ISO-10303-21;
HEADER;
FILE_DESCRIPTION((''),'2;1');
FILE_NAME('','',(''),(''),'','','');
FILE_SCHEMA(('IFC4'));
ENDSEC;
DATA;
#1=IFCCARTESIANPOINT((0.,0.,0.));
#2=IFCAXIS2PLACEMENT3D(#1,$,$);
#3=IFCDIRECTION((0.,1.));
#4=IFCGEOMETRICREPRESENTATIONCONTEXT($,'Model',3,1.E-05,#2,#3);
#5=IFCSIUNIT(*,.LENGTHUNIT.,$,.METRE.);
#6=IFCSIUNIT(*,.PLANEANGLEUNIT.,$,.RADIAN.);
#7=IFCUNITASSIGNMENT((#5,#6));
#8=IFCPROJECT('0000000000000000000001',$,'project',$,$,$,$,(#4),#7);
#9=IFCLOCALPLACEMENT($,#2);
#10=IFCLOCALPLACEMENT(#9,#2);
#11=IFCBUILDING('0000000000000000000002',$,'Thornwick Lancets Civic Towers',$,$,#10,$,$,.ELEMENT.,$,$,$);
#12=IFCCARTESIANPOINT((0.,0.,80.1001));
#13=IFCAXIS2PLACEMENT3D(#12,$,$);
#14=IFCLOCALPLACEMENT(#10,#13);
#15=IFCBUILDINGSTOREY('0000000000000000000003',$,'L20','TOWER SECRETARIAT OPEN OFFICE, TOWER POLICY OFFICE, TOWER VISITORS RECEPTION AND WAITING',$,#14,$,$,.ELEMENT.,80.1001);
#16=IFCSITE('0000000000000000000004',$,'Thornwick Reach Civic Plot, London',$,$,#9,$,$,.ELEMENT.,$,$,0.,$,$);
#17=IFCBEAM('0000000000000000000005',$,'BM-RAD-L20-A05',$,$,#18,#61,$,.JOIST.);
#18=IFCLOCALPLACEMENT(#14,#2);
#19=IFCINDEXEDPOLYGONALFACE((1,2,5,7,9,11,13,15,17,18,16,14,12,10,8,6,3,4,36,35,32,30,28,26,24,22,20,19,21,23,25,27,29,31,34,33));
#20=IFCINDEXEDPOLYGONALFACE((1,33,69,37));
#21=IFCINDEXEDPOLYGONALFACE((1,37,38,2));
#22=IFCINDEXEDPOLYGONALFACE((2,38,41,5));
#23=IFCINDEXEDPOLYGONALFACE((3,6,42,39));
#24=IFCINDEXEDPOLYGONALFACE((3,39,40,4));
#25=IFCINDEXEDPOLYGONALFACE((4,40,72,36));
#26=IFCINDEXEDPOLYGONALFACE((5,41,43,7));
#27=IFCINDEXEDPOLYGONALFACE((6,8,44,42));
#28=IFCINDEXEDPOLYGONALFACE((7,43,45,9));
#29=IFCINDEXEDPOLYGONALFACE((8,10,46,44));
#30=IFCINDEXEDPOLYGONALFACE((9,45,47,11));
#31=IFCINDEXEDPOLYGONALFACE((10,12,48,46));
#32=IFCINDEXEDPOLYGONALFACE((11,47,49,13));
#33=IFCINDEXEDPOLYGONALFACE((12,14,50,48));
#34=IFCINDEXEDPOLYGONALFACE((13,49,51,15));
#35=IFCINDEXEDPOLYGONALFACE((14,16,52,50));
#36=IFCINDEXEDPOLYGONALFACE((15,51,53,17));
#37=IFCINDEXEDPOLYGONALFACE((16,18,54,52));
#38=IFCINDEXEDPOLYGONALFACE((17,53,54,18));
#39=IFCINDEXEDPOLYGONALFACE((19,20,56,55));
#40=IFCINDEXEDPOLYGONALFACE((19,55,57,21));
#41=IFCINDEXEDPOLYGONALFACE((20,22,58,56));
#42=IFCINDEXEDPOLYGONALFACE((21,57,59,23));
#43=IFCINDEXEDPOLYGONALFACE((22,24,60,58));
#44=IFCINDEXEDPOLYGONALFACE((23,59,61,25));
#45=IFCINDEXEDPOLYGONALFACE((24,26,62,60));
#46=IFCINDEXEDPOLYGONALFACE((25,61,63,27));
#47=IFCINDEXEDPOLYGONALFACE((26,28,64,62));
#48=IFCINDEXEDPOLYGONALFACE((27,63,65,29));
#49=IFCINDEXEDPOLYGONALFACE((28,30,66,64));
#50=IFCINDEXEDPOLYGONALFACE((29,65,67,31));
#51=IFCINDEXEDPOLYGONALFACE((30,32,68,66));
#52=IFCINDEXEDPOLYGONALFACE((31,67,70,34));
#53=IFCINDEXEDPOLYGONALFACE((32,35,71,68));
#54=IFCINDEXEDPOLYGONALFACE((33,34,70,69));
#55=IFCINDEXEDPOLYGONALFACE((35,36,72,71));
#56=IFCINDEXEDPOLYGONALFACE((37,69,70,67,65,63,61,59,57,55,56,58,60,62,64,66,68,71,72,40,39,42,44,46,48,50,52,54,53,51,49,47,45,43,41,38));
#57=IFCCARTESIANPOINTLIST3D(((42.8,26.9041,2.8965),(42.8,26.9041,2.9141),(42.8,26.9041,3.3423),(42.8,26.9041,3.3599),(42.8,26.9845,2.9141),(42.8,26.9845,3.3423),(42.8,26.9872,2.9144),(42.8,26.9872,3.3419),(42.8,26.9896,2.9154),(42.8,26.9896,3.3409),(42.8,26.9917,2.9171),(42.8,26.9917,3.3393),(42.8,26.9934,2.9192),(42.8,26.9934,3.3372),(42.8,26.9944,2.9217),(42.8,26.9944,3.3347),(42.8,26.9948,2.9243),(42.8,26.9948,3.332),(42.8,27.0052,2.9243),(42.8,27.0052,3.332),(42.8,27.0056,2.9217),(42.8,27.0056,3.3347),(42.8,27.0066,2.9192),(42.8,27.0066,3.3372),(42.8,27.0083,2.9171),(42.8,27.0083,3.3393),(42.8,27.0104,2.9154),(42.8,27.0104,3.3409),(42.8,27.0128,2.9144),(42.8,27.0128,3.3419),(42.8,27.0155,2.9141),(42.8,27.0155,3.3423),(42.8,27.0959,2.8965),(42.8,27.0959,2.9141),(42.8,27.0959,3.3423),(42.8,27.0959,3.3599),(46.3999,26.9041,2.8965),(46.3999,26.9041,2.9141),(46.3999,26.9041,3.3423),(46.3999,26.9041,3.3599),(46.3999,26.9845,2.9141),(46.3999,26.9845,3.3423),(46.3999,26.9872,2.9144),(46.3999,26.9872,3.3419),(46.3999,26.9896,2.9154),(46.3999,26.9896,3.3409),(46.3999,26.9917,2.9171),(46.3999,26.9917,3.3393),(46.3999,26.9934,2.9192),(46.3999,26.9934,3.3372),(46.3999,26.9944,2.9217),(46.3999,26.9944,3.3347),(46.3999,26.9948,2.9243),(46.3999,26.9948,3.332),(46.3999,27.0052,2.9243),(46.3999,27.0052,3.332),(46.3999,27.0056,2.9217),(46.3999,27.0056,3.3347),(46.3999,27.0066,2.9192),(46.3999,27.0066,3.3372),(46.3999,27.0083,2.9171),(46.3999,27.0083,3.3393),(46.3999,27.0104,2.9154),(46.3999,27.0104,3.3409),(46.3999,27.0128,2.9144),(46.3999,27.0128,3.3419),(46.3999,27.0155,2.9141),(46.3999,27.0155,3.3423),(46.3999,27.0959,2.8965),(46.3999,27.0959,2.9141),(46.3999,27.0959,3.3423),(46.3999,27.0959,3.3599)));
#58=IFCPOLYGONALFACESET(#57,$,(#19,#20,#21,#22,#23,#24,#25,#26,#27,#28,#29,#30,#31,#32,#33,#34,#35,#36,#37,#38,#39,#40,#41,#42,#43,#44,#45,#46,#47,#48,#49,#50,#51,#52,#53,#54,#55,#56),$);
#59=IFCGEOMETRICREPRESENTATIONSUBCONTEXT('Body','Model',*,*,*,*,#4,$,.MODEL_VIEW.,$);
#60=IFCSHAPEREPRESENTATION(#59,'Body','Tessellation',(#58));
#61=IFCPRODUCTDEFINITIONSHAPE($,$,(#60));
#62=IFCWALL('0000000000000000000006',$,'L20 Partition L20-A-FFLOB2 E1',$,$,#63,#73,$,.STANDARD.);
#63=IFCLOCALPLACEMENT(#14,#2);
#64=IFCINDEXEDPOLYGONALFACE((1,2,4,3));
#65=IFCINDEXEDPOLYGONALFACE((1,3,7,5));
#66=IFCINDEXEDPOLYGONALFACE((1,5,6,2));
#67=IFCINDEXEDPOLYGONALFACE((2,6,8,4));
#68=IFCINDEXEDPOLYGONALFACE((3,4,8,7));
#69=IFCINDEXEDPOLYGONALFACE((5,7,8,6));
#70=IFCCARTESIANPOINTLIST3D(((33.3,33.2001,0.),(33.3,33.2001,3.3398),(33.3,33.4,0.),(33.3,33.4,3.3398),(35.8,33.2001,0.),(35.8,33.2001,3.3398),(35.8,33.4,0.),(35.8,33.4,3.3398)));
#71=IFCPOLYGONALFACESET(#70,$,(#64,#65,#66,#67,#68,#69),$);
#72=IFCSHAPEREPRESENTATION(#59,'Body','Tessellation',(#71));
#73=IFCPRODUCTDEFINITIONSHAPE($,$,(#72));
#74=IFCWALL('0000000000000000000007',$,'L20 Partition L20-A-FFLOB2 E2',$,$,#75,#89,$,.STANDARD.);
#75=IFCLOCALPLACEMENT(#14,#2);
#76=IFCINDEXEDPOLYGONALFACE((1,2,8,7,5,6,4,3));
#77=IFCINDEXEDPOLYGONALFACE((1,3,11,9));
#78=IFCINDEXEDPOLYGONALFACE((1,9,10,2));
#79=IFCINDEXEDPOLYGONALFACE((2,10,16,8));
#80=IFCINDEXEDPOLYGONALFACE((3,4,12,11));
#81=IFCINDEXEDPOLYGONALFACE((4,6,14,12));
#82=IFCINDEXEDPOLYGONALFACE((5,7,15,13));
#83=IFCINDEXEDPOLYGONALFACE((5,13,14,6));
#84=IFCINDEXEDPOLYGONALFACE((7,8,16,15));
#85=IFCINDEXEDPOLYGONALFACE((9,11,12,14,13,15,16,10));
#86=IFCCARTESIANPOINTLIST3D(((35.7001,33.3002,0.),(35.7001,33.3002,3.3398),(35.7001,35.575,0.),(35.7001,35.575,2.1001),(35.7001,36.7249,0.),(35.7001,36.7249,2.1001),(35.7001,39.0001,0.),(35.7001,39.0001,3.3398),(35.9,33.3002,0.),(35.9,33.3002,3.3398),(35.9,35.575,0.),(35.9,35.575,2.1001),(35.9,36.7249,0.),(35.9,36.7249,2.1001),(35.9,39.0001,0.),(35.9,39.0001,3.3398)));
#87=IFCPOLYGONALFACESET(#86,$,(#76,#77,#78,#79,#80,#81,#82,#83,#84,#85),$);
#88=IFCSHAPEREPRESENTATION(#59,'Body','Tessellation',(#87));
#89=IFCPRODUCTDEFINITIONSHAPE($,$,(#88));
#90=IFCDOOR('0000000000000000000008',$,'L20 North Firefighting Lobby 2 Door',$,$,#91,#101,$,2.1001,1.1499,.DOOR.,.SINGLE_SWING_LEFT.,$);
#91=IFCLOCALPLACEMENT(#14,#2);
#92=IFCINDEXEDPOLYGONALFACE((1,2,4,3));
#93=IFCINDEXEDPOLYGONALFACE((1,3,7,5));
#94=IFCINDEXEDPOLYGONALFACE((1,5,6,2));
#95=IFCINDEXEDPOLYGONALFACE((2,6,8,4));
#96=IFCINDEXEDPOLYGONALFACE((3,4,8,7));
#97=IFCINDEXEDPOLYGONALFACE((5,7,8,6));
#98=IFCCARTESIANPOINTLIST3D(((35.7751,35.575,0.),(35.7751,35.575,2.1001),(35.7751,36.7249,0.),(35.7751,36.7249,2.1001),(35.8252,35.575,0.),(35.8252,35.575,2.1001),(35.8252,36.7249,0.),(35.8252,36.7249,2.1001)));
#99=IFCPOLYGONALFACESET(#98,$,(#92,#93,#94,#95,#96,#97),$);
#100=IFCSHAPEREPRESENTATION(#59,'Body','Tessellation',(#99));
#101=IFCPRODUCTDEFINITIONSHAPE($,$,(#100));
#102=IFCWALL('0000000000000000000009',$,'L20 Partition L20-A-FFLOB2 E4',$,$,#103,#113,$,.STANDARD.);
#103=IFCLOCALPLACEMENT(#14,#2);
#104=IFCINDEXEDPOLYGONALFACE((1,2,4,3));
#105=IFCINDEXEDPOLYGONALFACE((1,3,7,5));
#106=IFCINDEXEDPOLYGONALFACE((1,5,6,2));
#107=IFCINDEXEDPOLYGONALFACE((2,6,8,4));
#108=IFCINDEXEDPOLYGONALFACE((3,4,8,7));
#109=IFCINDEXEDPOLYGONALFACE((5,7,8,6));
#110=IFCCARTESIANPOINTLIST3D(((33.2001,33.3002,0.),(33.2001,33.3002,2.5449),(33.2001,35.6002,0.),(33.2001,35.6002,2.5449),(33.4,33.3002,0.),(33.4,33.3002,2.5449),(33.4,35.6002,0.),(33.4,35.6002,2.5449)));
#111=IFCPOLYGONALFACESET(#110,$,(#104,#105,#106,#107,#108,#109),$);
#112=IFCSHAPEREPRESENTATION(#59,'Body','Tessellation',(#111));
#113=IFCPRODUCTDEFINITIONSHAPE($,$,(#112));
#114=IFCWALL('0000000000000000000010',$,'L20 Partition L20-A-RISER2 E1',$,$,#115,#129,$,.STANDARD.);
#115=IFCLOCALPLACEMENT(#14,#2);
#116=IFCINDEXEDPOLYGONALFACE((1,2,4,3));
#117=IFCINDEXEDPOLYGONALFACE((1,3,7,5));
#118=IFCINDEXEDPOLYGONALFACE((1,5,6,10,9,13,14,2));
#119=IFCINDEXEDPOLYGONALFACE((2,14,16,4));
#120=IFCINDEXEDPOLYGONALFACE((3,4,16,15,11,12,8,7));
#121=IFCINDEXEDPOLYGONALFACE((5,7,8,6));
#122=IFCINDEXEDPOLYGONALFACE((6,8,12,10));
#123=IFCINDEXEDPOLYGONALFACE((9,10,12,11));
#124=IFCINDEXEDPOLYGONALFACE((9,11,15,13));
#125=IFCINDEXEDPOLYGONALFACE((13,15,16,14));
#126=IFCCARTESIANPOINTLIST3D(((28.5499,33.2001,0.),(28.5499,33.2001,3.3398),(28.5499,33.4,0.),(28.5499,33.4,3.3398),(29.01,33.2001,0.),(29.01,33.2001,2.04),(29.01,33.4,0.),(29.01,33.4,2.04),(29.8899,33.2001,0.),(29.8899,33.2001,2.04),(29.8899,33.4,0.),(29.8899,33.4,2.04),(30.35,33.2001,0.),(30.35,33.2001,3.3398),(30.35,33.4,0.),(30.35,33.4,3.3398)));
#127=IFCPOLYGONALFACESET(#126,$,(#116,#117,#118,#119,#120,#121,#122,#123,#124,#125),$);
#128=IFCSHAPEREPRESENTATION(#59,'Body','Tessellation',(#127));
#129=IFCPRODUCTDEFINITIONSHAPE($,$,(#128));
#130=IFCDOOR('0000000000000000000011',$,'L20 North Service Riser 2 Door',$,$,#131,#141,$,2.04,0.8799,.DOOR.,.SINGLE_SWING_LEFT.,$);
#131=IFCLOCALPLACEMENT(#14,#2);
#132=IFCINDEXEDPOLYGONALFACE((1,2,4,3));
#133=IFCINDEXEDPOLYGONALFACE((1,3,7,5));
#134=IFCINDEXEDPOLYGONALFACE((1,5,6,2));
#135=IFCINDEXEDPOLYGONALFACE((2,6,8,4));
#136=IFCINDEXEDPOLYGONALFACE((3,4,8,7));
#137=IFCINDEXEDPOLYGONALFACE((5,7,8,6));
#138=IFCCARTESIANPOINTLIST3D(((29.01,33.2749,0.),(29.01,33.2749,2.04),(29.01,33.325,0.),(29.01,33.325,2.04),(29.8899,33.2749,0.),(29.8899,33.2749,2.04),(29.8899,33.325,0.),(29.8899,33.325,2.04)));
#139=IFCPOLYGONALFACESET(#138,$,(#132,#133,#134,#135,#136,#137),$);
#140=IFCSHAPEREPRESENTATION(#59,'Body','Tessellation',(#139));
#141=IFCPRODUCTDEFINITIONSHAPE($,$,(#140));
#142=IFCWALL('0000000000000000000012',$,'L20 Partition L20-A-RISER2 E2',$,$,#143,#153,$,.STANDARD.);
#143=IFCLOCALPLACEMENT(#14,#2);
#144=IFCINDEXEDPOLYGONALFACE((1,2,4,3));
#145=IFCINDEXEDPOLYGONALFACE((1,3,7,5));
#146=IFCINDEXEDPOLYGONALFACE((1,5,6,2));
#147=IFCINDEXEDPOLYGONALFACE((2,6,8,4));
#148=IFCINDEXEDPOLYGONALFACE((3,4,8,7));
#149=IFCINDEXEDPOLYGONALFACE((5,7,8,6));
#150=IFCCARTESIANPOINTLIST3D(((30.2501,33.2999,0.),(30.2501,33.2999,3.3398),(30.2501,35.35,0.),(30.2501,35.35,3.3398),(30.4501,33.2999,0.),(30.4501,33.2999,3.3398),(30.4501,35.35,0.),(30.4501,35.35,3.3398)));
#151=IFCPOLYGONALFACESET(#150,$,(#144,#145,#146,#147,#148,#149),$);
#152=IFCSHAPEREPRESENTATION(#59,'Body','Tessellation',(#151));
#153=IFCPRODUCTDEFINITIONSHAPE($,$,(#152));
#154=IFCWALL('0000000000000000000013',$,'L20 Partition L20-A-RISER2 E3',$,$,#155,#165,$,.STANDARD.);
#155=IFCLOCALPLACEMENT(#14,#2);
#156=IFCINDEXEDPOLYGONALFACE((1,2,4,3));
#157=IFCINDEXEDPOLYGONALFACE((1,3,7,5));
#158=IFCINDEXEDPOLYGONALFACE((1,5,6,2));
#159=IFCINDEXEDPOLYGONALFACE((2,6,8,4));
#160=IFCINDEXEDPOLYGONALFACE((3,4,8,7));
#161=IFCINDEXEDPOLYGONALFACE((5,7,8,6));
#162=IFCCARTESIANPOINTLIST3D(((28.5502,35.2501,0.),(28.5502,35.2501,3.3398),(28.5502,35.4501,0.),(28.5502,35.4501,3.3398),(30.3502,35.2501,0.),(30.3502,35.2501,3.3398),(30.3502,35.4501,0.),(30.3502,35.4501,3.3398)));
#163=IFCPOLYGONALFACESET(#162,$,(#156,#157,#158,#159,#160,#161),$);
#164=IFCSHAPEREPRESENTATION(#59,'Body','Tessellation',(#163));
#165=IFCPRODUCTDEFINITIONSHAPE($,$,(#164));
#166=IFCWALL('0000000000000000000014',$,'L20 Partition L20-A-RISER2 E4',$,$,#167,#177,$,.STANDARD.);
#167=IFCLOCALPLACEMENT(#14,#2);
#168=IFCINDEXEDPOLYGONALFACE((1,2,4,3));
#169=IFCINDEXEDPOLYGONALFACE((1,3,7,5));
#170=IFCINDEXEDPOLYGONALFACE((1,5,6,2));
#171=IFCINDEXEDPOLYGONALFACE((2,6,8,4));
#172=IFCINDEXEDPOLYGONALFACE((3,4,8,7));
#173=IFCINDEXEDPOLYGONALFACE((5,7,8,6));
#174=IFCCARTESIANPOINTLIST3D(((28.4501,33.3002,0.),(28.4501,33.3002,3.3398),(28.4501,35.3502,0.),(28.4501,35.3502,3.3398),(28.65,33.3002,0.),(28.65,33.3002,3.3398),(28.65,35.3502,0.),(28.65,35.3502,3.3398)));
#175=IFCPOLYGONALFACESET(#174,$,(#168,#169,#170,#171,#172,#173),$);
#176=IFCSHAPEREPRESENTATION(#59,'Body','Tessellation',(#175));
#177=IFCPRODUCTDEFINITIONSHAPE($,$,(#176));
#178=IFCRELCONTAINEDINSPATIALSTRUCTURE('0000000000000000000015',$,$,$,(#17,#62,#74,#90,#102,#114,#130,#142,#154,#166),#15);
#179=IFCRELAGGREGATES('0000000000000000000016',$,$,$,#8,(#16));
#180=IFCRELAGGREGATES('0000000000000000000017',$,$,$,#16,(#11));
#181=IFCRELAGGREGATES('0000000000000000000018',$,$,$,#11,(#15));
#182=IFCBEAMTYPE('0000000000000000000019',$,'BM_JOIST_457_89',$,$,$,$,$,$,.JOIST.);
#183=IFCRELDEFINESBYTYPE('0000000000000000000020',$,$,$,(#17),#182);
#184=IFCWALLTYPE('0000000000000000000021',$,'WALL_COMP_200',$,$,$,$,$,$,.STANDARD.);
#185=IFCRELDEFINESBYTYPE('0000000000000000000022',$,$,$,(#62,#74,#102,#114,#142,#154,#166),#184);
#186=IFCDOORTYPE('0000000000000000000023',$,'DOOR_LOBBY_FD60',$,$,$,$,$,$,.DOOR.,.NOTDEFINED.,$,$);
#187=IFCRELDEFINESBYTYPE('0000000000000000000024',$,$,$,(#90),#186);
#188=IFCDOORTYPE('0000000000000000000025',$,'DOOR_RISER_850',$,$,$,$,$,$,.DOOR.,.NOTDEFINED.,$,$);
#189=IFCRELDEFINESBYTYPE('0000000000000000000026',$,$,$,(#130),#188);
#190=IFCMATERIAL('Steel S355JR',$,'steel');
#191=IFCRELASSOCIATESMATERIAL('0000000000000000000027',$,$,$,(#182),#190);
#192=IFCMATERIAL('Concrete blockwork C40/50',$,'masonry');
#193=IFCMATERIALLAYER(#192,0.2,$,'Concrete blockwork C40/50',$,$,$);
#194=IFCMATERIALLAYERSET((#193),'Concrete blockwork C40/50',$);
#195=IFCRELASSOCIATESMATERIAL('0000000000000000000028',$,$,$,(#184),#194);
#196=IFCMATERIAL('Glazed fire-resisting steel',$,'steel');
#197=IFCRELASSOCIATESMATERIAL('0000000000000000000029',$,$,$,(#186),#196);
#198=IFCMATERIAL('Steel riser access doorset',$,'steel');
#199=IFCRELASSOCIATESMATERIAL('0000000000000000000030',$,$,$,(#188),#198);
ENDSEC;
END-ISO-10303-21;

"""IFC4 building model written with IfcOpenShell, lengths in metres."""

from ifc_helpers import new_model, si_unit, direction, frame, frame_2d, origin, origin_2d, place, context, subcontext, project, spatial, rectangle, i_section, extrude, material, layer, layer_set, material_profile, profile_set, type_object, element, fill, save


model = new_model("IFC4")

# Units and contexts
model_context = context("Model", 3, precision=1e-05, world=origin(), true_north=direction((0.0, 1.0)))
body_context = subcontext(model_context, "Body", "Model", "MODEL_VIEW")
ifc_project = project(units=[si_unit("LENGTHUNIT", "METRE"), si_unit("PLANEANGLEUNIT", "RADIAN")], contexts=[model_context])

# Site, building, storey
site_placement = place(None, origin())
site = spatial("IfcSite", under=ifc_project, at=site_placement, Name="Thornwick Reach Civic Plot, London", CompositionType="ELEMENT", RefElevation=0.0)
building_placement = place(site_placement, origin())
building = spatial("IfcBuilding", under=site, at=building_placement, Name="Thornwick Lancets Civic Towers", CompositionType="ELEMENT")
storey_placement = place(building_placement, frame((0.0, 0.0, 80.1001)))
storey = spatial("IfcBuildingStorey", under=building, at=storey_placement, Name="L20", Description="TOWER SECRETARIAT OPEN OFFICE, TOWER POLICY OFFICE, TOWER VISITORS RECEPTION AND WAITING", CompositionType="ELEMENT", Elevation=80.1001)

# Beam
ifc_material_1 = material(Name="Steel S355JR", Category="steel")
ifc_material_profile_1 = material_profile(ifc_material_1, i_section(OverallWidth=0.1919, OverallDepth=0.4634, WebThickness=0.0105, FlangeThickness=0.0176, FilletRadius=0.0103, at=origin_2d()), Name="UKB 457x191x89")
ifc_profile_set_1 = profile_set([ifc_material_profile_1], Name="Steel S355JR")
beam_type_1 = type_object("IfcBeamType", Name="BM_JOIST_457_89", PredefinedType="JOIST", material=ifc_profile_set_1)
beam_1_placement = place(storey_placement, frame((42.8, 27.0, 3.1282), z_axis=(1.0, 0.0, 0.0), x_axis=(0.0, 1.0, 0.0)))
element("IfcBeam", 1, at=beam_1_placement, inside=storey, type_object=beam_type_1, Name="BM-RAD-L20-A05", PredefinedType="JOIST", context=body_context, shape_type="SweptSolid", body=[
    extrude(i_section(OverallWidth=0.1919, OverallDepth=0.4634, WebThickness=0.0105, FlangeThickness=0.0176, FilletRadius=0.0103, at=origin_2d()), origin(), (0.0, 0.0, 1.0), 3.5999),
])

# Wall
ifc_material_2 = material(Name="Concrete blockwork C40/50", Category="masonry")
ifc_layer_1 = layer(ifc_material_2, 0.2, Name="Concrete blockwork C40/50")
ifc_layer_set_1 = layer_set([ifc_layer_1], Name="Concrete blockwork C40/50")
wall_type_1 = type_object("IfcWallType", Name="WALL_COMP_200", PredefinedType="STANDARD", material=ifc_layer_set_1)
wall_1_placement = place(storey_placement, frame((33.3, 33.3, 0.0), z_axis=(0.0, 0.0, 1.0), x_axis=(1.0, 0.0, 0.0)))
element("IfcWall", 2, at=wall_1_placement, inside=storey, type_object=wall_type_1, Name="L20 Partition L20-A-FFLOB2 E1", PredefinedType="STANDARD", context=body_context, shape_type="SweptSolid", body=[
    extrude(rectangle(XDim=2.5, YDim=0.2, at=frame_2d((1.25, 0.0))), origin(), (0.0, 0.0, 1.0), 3.3398),
])

# Wall, opening, door
wall_2_placement = place(storey_placement, frame((35.8, 33.3, 0.0), z_axis=(0.0, 0.0, 1.0), x_axis=(0.0, 1.0, 0.0)))
wall_2 = element("IfcWall", 3, at=wall_2_placement, inside=storey, type_object=wall_type_1, Name="L20 Partition L20-A-FFLOB2 E2", PredefinedType="STANDARD", context=body_context, shape_type="SweptSolid", body=[
    extrude(rectangle(XDim=5.7, YDim=0.2, at=frame_2d((2.8501, 0.0))), origin(), (0.0, 0.0, 1.0), 3.3398),
])
opening_1_placement = place(wall_2_placement, frame((2.2749, 0.0, 0.0)))
opening_1 = element("IfcOpeningElement", 4, at=opening_1_placement, cuts=wall_2, PredefinedType="OPENING", context=body_context, shape_type="SweptSolid", body=[
    extrude(rectangle(XDim=1.1499, YDim=2.1001, at=frame_2d((0.575, 1.05))), frame((0.0, 0.1099, 0.0), z_axis=(0.0, -1.0, 0.0), x_axis=(1.0, 0.0, 0.0)), (0.0, 0.0, 1.0), 0.22),
])
ifc_material_3 = material(Name="Glazed fire-resisting steel", Category="steel")
door_type_1 = type_object("IfcDoorType", Name="DOOR_LOBBY_FD60", OperationType="NOTDEFINED", PredefinedType="DOOR", material=ifc_material_3)
door_1_placement = place(opening_1_placement, origin())
door_1 = element("IfcDoor", 5, at=door_1_placement, inside=storey, type_object=door_type_1, Name="L20 North Firefighting Lobby 2 Door", OperationType="SINGLE_SWING_LEFT", OverallHeight=2.1001, OverallWidth=1.1499, PredefinedType="DOOR", context=body_context, shape_type="SweptSolid", body=[
    extrude(rectangle(XDim=1.1499, YDim=2.1001, at=frame_2d((0.575, 1.05))), frame((0.0, 0.0249, 0.0), z_axis=(0.0, -1.0, 0.0), x_axis=(1.0, 0.0, 0.0)), (0.0, 0.0, 1.0), 0.05),
])
fill(opening_1, door_1)

# Wall
wall_3_placement = place(storey_placement, frame((33.3, 35.6001, 0.0), z_axis=(0.0, 0.0, 1.0), x_axis=(0.0, -1.0, 0.0)))
element("IfcWall", 6, at=wall_3_placement, inside=storey, type_object=wall_type_1, Name="L20 Partition L20-A-FFLOB2 E4", PredefinedType="STANDARD", context=body_context, shape_type="SweptSolid", body=[
    extrude(rectangle(XDim=2.3, YDim=0.2, at=frame_2d((1.1499, 0.0))), origin(), (0.0, 0.0, 1.0), 2.5449),
])

# Wall, opening, door
wall_4_placement = place(storey_placement, frame((28.55, 33.3, 0.0), z_axis=(0.0, 0.0, 1.0), x_axis=(1.0, 0.0, 0.0)))
wall_4 = element("IfcWall", 7, at=wall_4_placement, inside=storey, type_object=wall_type_1, Name="L20 Partition L20-A-RISER2 E1", PredefinedType="STANDARD", context=body_context, shape_type="SweptSolid", body=[
    extrude(rectangle(XDim=1.8, YDim=0.2, at=frame_2d((0.8999, 0.0))), origin(), (0.0, 0.0, 1.0), 3.3398),
])
opening_2_placement = place(wall_4_placement, frame((0.46, 0.0, 0.0)))
opening_2 = element("IfcOpeningElement", 8, at=opening_2_placement, cuts=wall_4, PredefinedType="OPENING", context=body_context, shape_type="SweptSolid", body=[
    extrude(rectangle(XDim=0.8799, YDim=2.04, at=frame_2d((0.4399, 1.02))), frame((0.0, 0.1099, 0.0), z_axis=(0.0, -1.0, 0.0), x_axis=(1.0, 0.0, 0.0)), (0.0, 0.0, 1.0), 0.22),
])
ifc_material_4 = material(Name="Steel riser access doorset", Category="steel")
door_type_2 = type_object("IfcDoorType", Name="DOOR_RISER_850", OperationType="NOTDEFINED", PredefinedType="DOOR", material=ifc_material_4)
door_2_placement = place(opening_2_placement, origin())
door_2 = element("IfcDoor", 9, at=door_2_placement, inside=storey, type_object=door_type_2, Name="L20 North Service Riser 2 Door", OperationType="SINGLE_SWING_LEFT", OverallHeight=2.04, OverallWidth=0.8799, PredefinedType="DOOR", context=body_context, shape_type="SweptSolid", body=[
    extrude(rectangle(XDim=0.8799, YDim=2.04, at=frame_2d((0.4399, 1.02))), frame((0.0, 0.0249, 0.0), z_axis=(0.0, -1.0, 0.0), x_axis=(1.0, 0.0, 0.0)), (0.0, 0.0, 1.0), 0.05),
])
fill(opening_2, door_2)

# Walls
wall_5_placement = place(storey_placement, frame((30.3501, 33.3, 0.0), z_axis=(0.0, 0.0, 1.0), x_axis=(0.0, 1.0, 0.0)))
element("IfcWall", 10, at=wall_5_placement, inside=storey, type_object=wall_type_1, Name="L20 Partition L20-A-RISER2 E2", PredefinedType="STANDARD", context=body_context, shape_type="SweptSolid", body=[
    extrude(rectangle(XDim=2.05, YDim=0.2, at=frame_2d((1.0249, 0.0))), origin(), (0.0, 0.0, 1.0), 3.3398),
])
wall_6_placement = place(storey_placement, frame((30.3501, 35.3501, 0.0), z_axis=(0.0, 0.0, 1.0), x_axis=(-1.0, 0.0, 0.0)))
element("IfcWall", 11, at=wall_6_placement, inside=storey, type_object=wall_type_1, Name="L20 Partition L20-A-RISER2 E3", PredefinedType="STANDARD", context=body_context, shape_type="SweptSolid", body=[
    extrude(rectangle(XDim=1.8, YDim=0.2, at=frame_2d((0.8999, 0.0))), origin(), (0.0, 0.0, 1.0), 3.3398),
])
wall_7_placement = place(storey_placement, frame((28.55, 35.3501, 0.0), z_axis=(0.0, 0.0, 1.0), x_axis=(0.0, -1.0, 0.0)))
element("IfcWall", 12, at=wall_7_placement, inside=storey, type_object=wall_type_1, Name="L20 Partition L20-A-RISER2 E4", PredefinedType="STANDARD", context=body_context, shape_type="SweptSolid", body=[
    extrude(rectangle(XDim=2.05, YDim=0.2, at=frame_2d((1.0249, 0.0))), origin(), (0.0, 0.0, 1.0), 3.3398),
])

save(model, "model.ifc")
